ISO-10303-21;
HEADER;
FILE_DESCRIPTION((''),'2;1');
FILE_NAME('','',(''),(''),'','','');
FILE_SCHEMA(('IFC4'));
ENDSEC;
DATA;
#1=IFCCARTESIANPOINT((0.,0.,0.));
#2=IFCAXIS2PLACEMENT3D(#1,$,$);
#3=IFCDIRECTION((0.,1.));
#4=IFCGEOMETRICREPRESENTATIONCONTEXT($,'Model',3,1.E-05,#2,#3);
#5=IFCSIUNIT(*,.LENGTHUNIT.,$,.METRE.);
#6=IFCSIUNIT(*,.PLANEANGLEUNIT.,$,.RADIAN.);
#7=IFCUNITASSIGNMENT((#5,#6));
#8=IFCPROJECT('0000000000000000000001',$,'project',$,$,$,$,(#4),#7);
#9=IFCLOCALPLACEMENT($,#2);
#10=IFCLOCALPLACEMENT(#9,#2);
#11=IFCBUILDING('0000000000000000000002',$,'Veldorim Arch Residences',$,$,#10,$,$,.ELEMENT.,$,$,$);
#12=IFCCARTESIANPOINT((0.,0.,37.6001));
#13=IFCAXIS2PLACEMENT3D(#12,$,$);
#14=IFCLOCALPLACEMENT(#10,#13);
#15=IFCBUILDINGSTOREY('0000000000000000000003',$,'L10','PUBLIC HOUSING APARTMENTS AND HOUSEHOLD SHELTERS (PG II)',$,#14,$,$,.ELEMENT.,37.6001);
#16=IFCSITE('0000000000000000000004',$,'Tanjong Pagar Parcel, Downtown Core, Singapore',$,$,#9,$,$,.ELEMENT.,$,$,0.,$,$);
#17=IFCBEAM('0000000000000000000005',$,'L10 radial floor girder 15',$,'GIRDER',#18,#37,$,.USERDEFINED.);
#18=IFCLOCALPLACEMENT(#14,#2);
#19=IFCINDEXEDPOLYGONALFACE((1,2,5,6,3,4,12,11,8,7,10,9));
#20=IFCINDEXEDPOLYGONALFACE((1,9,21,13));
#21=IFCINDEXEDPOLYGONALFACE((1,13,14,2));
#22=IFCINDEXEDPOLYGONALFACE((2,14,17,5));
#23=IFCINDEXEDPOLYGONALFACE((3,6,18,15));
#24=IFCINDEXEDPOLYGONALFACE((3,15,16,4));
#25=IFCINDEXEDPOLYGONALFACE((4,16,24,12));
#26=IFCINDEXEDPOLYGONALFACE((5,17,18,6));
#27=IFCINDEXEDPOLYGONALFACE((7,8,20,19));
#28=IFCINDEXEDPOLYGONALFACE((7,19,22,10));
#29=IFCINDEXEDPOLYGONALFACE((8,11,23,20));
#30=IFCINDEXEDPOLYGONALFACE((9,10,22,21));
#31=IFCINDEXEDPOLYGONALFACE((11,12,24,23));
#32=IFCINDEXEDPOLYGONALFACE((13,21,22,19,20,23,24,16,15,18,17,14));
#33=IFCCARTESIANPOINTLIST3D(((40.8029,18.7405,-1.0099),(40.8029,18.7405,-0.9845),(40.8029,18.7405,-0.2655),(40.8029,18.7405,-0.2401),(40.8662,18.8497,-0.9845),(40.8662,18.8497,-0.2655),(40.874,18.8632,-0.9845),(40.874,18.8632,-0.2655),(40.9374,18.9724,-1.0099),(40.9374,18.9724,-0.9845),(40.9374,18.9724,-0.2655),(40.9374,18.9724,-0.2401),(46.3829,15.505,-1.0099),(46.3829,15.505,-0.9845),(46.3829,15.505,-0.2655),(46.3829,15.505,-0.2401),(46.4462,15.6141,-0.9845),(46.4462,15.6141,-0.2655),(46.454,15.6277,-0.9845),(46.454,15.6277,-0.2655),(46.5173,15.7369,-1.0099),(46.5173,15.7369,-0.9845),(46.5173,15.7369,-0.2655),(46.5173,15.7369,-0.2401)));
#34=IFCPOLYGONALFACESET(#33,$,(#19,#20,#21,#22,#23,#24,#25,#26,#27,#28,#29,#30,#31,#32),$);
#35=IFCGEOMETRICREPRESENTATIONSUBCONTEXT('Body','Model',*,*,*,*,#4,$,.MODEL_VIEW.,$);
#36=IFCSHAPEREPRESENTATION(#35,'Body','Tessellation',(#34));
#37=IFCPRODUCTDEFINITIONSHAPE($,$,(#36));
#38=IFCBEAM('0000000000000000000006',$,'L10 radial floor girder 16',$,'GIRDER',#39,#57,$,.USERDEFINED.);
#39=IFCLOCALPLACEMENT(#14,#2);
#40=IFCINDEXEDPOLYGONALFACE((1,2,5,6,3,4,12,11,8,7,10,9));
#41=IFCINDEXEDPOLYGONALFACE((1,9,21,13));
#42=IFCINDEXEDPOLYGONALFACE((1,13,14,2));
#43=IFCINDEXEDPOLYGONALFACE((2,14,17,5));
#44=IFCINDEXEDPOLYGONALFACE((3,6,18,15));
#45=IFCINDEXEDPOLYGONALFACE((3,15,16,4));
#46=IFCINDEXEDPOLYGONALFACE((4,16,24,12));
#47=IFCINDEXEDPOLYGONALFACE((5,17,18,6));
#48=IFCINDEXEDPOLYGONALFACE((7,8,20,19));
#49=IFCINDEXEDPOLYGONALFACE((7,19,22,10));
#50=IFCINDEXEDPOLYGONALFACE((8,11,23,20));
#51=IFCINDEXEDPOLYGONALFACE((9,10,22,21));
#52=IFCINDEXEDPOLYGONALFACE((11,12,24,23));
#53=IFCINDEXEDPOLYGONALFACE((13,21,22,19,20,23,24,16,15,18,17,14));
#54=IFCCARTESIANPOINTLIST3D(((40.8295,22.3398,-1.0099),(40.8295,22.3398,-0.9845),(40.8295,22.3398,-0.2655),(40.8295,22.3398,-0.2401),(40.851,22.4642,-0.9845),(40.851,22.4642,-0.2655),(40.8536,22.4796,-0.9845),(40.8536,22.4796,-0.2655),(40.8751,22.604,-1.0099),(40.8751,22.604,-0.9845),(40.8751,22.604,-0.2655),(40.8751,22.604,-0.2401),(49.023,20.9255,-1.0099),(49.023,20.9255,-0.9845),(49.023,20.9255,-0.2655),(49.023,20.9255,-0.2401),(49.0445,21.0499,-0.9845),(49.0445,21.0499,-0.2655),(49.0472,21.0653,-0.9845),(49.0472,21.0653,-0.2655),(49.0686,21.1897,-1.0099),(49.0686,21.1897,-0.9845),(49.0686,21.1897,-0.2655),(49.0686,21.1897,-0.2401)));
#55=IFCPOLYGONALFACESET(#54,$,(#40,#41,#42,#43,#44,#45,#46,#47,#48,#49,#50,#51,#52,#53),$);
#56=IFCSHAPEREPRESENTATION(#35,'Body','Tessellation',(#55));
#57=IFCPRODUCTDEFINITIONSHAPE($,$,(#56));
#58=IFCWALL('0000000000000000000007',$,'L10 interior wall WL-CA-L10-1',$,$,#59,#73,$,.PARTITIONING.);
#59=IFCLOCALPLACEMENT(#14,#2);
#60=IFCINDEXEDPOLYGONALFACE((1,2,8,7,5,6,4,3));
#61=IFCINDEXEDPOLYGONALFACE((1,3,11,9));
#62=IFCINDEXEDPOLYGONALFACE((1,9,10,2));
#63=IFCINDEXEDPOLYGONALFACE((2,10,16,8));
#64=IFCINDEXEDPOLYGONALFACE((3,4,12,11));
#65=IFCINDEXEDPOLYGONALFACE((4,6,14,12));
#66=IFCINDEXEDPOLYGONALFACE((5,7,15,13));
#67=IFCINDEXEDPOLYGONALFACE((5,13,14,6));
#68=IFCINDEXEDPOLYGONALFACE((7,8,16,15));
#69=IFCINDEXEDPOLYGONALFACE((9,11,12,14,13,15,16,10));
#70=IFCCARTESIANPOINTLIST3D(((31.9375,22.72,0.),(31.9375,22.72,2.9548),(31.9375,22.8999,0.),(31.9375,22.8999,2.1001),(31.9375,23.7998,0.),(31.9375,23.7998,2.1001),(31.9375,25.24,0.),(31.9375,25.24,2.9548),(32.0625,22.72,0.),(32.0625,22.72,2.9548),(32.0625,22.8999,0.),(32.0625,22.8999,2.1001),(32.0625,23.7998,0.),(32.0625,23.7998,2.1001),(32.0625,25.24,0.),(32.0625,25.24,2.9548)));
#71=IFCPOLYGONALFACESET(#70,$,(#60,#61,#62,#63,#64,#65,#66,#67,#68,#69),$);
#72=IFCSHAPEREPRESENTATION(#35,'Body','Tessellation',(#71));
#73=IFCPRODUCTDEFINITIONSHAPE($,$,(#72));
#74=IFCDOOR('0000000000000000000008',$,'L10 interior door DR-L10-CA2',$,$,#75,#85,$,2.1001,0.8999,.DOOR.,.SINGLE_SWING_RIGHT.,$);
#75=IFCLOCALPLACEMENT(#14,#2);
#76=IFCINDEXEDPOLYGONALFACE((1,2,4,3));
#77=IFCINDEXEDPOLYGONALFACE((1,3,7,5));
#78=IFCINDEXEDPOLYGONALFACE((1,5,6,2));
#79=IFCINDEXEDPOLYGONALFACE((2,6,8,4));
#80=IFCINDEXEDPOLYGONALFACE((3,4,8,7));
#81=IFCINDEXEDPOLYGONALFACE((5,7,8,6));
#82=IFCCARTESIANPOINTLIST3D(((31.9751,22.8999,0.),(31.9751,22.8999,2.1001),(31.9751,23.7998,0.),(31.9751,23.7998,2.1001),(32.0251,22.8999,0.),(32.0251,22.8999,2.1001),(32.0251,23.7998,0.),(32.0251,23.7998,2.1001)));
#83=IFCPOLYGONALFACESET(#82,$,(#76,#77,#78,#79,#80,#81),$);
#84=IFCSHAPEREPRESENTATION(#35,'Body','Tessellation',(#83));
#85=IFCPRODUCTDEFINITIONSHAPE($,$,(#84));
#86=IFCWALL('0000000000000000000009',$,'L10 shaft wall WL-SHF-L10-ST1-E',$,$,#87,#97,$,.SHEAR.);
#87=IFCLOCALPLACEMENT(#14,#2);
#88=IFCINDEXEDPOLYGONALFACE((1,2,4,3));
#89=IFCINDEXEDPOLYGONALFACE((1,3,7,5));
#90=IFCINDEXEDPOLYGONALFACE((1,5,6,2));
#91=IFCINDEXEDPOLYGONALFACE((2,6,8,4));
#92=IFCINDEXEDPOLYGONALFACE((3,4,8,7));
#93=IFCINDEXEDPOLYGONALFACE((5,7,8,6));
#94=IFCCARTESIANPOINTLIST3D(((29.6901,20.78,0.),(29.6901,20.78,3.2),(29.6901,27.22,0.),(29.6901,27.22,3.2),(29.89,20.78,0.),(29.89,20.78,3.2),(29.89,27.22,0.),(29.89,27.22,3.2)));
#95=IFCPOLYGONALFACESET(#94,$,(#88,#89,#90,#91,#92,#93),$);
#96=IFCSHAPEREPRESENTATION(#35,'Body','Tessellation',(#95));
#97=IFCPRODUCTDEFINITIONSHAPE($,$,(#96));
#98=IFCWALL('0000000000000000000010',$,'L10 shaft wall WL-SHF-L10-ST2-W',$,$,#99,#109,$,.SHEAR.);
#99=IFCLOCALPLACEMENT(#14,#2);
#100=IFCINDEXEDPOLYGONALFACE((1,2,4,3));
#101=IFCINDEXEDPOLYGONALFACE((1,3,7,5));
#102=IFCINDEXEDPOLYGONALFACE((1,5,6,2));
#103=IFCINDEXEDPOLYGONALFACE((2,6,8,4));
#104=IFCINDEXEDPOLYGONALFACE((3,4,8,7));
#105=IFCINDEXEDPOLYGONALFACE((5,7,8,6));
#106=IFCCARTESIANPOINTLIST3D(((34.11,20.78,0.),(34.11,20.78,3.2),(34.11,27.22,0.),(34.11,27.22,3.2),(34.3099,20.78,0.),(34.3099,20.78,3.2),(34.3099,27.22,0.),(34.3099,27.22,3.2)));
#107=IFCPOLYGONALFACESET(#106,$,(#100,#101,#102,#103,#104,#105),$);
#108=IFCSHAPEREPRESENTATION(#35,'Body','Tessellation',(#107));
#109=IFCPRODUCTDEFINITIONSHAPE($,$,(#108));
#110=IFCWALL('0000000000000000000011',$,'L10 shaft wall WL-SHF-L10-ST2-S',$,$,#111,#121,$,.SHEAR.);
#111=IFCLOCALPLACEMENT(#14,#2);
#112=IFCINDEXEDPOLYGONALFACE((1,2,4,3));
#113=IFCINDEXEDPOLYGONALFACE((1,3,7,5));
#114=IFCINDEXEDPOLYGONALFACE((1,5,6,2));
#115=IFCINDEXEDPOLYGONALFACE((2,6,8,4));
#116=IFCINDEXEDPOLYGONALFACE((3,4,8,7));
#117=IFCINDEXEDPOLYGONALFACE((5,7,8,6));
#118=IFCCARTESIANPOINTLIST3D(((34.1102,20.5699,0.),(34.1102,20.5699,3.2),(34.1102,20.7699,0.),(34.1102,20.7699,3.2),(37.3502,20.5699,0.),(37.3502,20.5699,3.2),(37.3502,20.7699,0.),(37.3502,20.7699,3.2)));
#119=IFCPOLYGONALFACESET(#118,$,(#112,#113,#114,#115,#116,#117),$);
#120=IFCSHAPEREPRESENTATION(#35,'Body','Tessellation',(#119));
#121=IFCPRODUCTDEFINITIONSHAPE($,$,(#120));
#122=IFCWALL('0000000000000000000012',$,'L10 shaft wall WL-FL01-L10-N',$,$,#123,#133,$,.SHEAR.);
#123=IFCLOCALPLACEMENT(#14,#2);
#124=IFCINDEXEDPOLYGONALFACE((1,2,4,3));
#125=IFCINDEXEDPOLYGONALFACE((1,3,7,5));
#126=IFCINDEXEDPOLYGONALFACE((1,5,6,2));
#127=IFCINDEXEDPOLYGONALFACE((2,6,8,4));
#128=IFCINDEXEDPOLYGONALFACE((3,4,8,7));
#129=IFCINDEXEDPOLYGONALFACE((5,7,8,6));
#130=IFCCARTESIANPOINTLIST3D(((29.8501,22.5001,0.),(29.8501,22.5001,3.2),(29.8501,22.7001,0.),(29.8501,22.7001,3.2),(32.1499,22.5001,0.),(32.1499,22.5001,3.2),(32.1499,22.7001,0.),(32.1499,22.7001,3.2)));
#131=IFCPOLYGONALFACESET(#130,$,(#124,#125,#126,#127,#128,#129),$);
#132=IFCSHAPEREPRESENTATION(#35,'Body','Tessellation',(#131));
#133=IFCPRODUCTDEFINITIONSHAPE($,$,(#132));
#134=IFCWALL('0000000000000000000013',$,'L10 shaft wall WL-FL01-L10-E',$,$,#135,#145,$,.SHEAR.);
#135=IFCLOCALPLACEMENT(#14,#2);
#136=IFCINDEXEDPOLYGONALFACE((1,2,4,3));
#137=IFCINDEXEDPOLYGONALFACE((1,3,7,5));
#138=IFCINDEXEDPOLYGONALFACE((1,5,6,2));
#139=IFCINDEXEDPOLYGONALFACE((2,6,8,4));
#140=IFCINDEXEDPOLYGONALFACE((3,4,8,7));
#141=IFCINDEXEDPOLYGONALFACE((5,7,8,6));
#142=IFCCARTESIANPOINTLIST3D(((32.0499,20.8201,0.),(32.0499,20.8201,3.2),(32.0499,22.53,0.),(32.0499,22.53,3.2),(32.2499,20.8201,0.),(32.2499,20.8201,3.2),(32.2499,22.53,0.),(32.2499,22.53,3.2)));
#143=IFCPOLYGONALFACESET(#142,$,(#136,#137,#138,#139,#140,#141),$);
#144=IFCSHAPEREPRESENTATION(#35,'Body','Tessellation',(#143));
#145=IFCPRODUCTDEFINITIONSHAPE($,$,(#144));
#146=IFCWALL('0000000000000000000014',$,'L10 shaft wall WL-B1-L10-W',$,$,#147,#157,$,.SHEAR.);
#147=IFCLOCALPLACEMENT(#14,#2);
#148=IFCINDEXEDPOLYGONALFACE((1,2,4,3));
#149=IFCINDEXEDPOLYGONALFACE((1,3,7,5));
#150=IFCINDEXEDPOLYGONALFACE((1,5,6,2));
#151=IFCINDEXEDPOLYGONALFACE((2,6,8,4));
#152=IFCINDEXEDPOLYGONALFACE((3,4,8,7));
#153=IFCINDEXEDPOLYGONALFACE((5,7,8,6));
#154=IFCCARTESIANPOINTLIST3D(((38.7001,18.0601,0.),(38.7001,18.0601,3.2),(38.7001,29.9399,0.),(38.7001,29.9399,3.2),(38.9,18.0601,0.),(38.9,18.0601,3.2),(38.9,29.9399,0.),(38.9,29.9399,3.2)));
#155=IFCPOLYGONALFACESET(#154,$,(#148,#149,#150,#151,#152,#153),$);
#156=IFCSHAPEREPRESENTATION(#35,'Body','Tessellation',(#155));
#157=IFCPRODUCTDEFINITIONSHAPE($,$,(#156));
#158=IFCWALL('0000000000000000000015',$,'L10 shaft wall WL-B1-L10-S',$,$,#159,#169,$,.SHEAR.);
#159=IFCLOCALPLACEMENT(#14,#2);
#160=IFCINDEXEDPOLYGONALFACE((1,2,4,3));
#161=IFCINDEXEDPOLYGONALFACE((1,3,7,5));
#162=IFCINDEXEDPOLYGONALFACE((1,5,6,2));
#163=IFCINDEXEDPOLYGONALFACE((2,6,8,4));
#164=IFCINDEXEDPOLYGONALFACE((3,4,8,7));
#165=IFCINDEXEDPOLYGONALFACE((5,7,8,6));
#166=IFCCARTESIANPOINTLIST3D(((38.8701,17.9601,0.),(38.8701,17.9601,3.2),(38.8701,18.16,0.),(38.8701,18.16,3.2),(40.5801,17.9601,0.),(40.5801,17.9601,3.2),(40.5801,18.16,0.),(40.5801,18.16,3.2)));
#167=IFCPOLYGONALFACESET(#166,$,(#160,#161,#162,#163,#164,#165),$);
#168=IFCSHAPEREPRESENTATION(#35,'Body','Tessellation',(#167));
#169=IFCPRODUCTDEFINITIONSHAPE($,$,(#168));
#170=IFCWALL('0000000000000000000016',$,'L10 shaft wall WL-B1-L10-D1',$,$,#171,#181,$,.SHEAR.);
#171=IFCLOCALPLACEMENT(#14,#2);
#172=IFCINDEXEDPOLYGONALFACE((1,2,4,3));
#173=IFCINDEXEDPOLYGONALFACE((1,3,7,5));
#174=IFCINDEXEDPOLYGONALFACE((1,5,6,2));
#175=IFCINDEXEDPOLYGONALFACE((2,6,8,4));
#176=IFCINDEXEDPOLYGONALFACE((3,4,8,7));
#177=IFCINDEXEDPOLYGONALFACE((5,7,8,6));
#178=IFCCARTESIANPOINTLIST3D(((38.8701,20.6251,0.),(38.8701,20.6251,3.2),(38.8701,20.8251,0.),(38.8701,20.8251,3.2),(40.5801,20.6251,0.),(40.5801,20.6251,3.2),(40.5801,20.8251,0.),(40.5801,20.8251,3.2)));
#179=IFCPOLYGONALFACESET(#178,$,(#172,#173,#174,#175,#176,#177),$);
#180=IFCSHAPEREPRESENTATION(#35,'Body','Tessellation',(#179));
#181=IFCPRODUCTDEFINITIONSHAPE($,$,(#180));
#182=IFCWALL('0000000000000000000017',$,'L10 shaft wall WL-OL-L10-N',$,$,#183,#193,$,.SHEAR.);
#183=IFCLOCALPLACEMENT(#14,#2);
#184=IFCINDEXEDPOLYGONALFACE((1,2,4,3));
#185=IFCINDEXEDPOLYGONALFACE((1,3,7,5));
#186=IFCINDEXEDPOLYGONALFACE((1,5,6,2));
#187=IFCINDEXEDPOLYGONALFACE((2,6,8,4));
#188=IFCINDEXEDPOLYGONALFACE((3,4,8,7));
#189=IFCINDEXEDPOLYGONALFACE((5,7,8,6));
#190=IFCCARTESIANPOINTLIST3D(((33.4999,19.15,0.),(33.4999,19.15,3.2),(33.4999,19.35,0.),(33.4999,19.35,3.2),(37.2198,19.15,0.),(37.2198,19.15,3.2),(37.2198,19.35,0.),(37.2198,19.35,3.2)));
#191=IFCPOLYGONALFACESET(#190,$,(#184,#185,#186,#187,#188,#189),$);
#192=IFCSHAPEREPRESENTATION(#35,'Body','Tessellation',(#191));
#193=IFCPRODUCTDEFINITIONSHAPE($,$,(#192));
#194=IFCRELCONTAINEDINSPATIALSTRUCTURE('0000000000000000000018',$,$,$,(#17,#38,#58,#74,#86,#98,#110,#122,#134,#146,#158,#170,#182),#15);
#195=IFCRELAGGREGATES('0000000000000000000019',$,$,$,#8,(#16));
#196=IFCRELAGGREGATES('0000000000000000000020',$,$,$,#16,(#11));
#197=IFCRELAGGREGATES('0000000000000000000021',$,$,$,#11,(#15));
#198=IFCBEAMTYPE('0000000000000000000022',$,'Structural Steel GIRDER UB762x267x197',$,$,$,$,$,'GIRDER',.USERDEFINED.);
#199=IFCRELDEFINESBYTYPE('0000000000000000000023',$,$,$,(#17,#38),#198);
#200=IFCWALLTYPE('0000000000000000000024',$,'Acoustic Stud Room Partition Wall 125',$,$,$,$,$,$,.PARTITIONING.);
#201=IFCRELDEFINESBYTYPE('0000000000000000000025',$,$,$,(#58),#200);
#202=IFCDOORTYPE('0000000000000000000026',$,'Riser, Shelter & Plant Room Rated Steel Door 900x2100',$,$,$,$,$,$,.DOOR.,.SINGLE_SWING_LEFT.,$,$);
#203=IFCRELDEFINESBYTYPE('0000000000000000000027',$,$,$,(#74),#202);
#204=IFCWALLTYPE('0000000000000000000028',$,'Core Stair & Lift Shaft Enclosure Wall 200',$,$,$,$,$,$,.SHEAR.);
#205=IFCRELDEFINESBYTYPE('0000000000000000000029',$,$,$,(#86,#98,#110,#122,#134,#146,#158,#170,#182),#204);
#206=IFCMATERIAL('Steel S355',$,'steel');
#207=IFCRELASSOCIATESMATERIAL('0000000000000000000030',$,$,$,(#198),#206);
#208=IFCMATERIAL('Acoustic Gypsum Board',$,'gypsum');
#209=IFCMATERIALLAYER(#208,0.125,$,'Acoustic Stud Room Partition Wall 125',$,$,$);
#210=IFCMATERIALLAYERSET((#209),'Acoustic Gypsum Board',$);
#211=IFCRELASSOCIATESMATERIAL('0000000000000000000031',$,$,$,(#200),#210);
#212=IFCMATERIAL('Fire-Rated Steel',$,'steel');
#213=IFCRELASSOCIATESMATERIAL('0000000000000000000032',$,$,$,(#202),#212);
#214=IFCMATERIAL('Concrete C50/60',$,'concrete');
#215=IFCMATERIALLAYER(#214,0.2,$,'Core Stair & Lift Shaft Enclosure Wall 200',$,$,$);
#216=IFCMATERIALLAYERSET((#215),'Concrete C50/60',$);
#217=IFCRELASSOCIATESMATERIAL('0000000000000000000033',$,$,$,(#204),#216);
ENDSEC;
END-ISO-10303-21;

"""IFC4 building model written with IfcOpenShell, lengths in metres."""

from ifc_helpers import new_model, si_unit, direction, frame, frame_2d, origin, origin_2d, place, context, subcontext, project, spatial, rectangle, i_section, extrude, material, layer, layer_set, material_profile, profile_set, type_object, element, fill, save


model = new_model("IFC4")

# Units and contexts
model_context = context("Model", 3, precision=1e-05, world=origin(), true_north=direction((0.0, 1.0)))
body_context = subcontext(model_context, "Body", "Model", "MODEL_VIEW")
ifc_project = project(units=[si_unit("LENGTHUNIT", "METRE"), si_unit("PLANEANGLEUNIT", "RADIAN")], contexts=[model_context])

# Site, building, storey
site_placement = place(None, origin())
site = spatial("IfcSite", under=ifc_project, at=site_placement, Name="Tanjong Pagar Parcel, Downtown Core, Singapore", CompositionType="ELEMENT", RefElevation=0.0)
building_placement = place(site_placement, origin())
building = spatial("IfcBuilding", under=site, at=building_placement, Name="Veldorim Arch Residences", CompositionType="ELEMENT")
storey_placement = place(building_placement, frame((0.0, 0.0, 37.6001)))
storey = spatial("IfcBuildingStorey", under=building, at=storey_placement, Name="L10", Description="PUBLIC HOUSING APARTMENTS AND HOUSEHOLD SHELTERS (PG II)", CompositionType="ELEMENT", Elevation=37.6001)

# Beams
ifc_material_1 = material(Name="Steel S355", Category="steel")
ifc_material_profile = material_profile(ifc_material_1, i_section(OverallWidth=0.2681, OverallDepth=0.7698, WebThickness=0.0156, FlangeThickness=0.0254, at=origin_2d()), Name="UB762x267x197")
ifc_profile_set = profile_set([ifc_material_profile], Name="Steel S355")
beam_type = type_object("IfcBeamType", Name="Structural Steel GIRDER UB762x267x197", ElementType="GIRDER", PredefinedType="USERDEFINED", material=ifc_profile_set)
beam_1_placement = place(storey_placement, frame((40.8701, 18.8564, -0.625), z_axis=(0.865088, -0.50162, 0.0), x_axis=(0.50162, 0.865088, 0.0)))
element("IfcBeam", 1, at=beam_1_placement, inside=storey, type_object=beam_type, Name="L10 radial floor girder 15", ObjectType="GIRDER", PredefinedType="USERDEFINED", context=body_context, shape_type="SweptSolid", body=[
    extrude(i_section(OverallWidth=0.2681, OverallDepth=0.7698, WebThickness=0.0156, FlangeThickness=0.0254, at=origin_2d()), origin(), (0.0, 0.0, 1.0), 6.4502),
])
beam_2_placement = place(storey_placement, frame((40.8523, 22.4719, -0.625), z_axis=(0.985428, -0.170096, 0.0), x_axis=(0.170096, 0.985428, 0.0)))
element("IfcBeam", 2, at=beam_2_placement, inside=storey, type_object=beam_type, Name="L10 radial floor girder 16", ObjectType="GIRDER", PredefinedType="USERDEFINED", context=body_context, shape_type="SweptSolid", body=[
    extrude(i_section(OverallWidth=0.2681, OverallDepth=0.7698, WebThickness=0.0156, FlangeThickness=0.0254, at=origin_2d()), origin(), (0.0, 0.0, 1.0), 8.3147),
])

# Wall, opening, door
ifc_material_2 = material(Name="Acoustic Gypsum Board", Category="gypsum")
ifc_layer_1 = layer(ifc_material_2, 0.125, Name="Acoustic Stud Room Partition Wall 125")
ifc_layer_set_1 = layer_set([ifc_layer_1], Name="Acoustic Gypsum Board")
wall_type_1 = type_object("IfcWallType", Name="Acoustic Stud Room Partition Wall 125", PredefinedType="PARTITIONING", material=ifc_layer_set_1)
wall_1_placement = place(storey_placement, frame((32.0, 22.72, 0.0), z_axis=(0.0, 0.0, 1.0), x_axis=(0.0, 1.0, 0.0)))
wall_1 = element("IfcWall", 3, at=wall_1_placement, inside=storey, type_object=wall_type_1, Name="L10 interior wall WL-CA-L10-1", PredefinedType="PARTITIONING", context=body_context, shape_type="SweptSolid", body=[
    extrude(rectangle(XDim=2.52, YDim=0.125, at=frame_2d((1.26, 0.0))), origin(), (0.0, 0.0, 1.0), 2.9548),
])
opening_1_placement = place(wall_1_placement, frame((0.1799, 0.0, 0.0)))
opening_1 = element("IfcOpeningElement", 4, at=opening_1_placement, cuts=wall_1, PredefinedType="OPENING", context=body_context, shape_type="SweptSolid", body=[
    extrude(rectangle(XDim=0.8999, YDim=2.1001, at=frame_2d((0.45, 1.05))), frame((0.0, 0.0725, 0.0), z_axis=(0.0, -1.0, 0.0), x_axis=(1.0, 0.0, 0.0)), (0.0, 0.0, 1.0), 0.145),
])
ifc_material_3 = material(Name="Fire-Rated Steel", Category="steel")
door_type_1 = type_object("IfcDoorType", Name="Riser, Shelter & Plant Room Rated Steel Door 900x2100", OperationType="SINGLE_SWING_LEFT", PredefinedType="DOOR", material=ifc_material_3)
door_1_placement = place(opening_1_placement, origin())
door_1 = element("IfcDoor", 5, at=door_1_placement, inside=storey, type_object=door_type_1, Name="L10 interior door DR-L10-CA2", OperationType="SINGLE_SWING_RIGHT", OverallHeight=2.1001, OverallWidth=0.8999, PredefinedType="DOOR", context=body_context, shape_type="SweptSolid", body=[
    extrude(rectangle(XDim=0.8999, YDim=2.1001, at=frame_2d((0.45, 1.05))), frame((0.0, 0.0249, 0.0), z_axis=(0.0, -1.0, 0.0), x_axis=(1.0, 0.0, 0.0)), (0.0, 0.0, 1.0), 0.05),
])
fill(opening_1, door_1)

# Walls
ifc_material_4 = material(Name="Concrete C50/60", Category="concrete")
ifc_layer_2 = layer(ifc_material_4, 0.2, Name="Core Stair & Lift Shaft Enclosure Wall 200")
ifc_layer_set_2 = layer_set([ifc_layer_2], Name="Concrete C50/60")
wall_type_2 = type_object("IfcWallType", Name="Core Stair & Lift Shaft Enclosure Wall 200", PredefinedType="SHEAR", material=ifc_layer_set_2)
for number, where, z_axis, x_axis, name in (
    (6, (29.79, 20.78, 0.0), (0.0, 0.0, 1.0), (0.0, 1.0, 0.0), "L10 shaft wall WL-SHF-L10-ST1-E"),
    (7, (34.21, 20.78, 0.0), (0.0, 0.0, 1.0), (0.0, 1.0, 0.0), "L10 shaft wall WL-SHF-L10-ST2-W"),
):
    element("IfcWall", number, at=place(storey_placement, frame(where, z_axis=z_axis, x_axis=x_axis)), inside=storey, type_object=wall_type_2, Name=name, PredefinedType="SHEAR", context=body_context, shape_type="SweptSolid", body=[
        extrude(rectangle(XDim=6.4399, YDim=0.2, at=frame_2d((3.22, 0.0))), origin(), (0.0, 0.0, 1.0), 3.2),
    ])
wall_2_placement = place(storey_placement, frame((34.1101, 20.6699, 0.0), z_axis=(0.0, 0.0, 1.0), x_axis=(1.0, 0.0, 0.0)))
element("IfcWall", 8, at=wall_2_placement, inside=storey, type_object=wall_type_2, Name="L10 shaft wall WL-SHF-L10-ST2-S", PredefinedType="SHEAR", context=body_context, shape_type="SweptSolid", body=[
    extrude(rectangle(XDim=3.24, YDim=0.2, at=frame_2d((1.6201, 0.0))), origin(), (0.0, 0.0, 1.0), 3.2),
])

# Walls
wall_3_placement = place(storey_placement, frame((29.8501, 22.6001, 0.0), z_axis=(0.0, 0.0, 1.0), x_axis=(1.0, 0.0, 0.0)))
element("IfcWall", 9, at=wall_3_placement, inside=storey, type_object=wall_type_2, Name="L10 shaft wall WL-FL01-L10-N", PredefinedType="SHEAR", context=body_context, shape_type="SweptSolid", body=[
    extrude(rectangle(XDim=2.2998, YDim=0.2, at=frame_2d((1.1499, 0.0))), origin(), (0.0, 0.0, 1.0), 3.2),
])
wall_4_placement = place(storey_placement, frame((32.1499, 20.8201, 0.0), z_axis=(0.0, 0.0, 1.0), x_axis=(0.0, 1.0, 0.0)))
element("IfcWall", 10, at=wall_4_placement, inside=storey, type_object=wall_type_2, Name="L10 shaft wall WL-FL01-L10-E", PredefinedType="SHEAR", context=body_context, shape_type="SweptSolid", body=[
    extrude(rectangle(XDim=1.71, YDim=0.2, at=frame_2d((0.855, 0.0))), origin(), (0.0, 0.0, 1.0), 3.2),
])
wall_5_placement = place(storey_placement, frame((38.8, 18.0601, 0.0), z_axis=(0.0, 0.0, 1.0), x_axis=(0.0, 1.0, 0.0)))
element("IfcWall", 11, at=wall_5_placement, inside=storey, type_object=wall_type_2, Name="L10 shaft wall WL-B1-L10-W", PredefinedType="SHEAR", context=body_context, shape_type="SweptSolid", body=[
    extrude(rectangle(XDim=11.8799, YDim=0.2, at=frame_2d((5.9399, 0.0))), origin(), (0.0, 0.0, 1.0), 3.2),
])
for number, where, z_axis, x_axis, name in (
    (12, (38.8701, 18.0601, 0.0), (0.0, 0.0, 1.0), (1.0, 0.0, 0.0), "L10 shaft wall WL-B1-L10-S"),
    (13, (38.8701, 20.7251, 0.0), (0.0, 0.0, 1.0), (1.0, 0.0, 0.0), "L10 shaft wall WL-B1-L10-D1"),
):
    element("IfcWall", number, at=place(storey_placement, frame(where, z_axis=z_axis, x_axis=x_axis)), inside=storey, type_object=wall_type_2, Name=name, PredefinedType="SHEAR", context=body_context, shape_type="SweptSolid", body=[
        extrude(rectangle(XDim=1.71, YDim=0.2, at=frame_2d((0.855, 0.0))), origin(), (0.0, 0.0, 1.0), 3.2),
    ])
wall_6_placement = place(storey_placement, frame((33.5, 19.25, 0.0), z_axis=(0.0, 0.0, 1.0), x_axis=(1.0, 0.0, 0.0)))
element("IfcWall", 14, at=wall_6_placement, inside=storey, type_object=wall_type_2, Name="L10 shaft wall WL-OL-L10-N", PredefinedType="SHEAR", context=body_context, shape_type="SweptSolid", body=[
    extrude(rectangle(XDim=3.72, YDim=0.2, at=frame_2d((1.8599, 0.0))), origin(), (0.0, 0.0, 1.0), 3.2),
])

save(model, "model.ifc")
